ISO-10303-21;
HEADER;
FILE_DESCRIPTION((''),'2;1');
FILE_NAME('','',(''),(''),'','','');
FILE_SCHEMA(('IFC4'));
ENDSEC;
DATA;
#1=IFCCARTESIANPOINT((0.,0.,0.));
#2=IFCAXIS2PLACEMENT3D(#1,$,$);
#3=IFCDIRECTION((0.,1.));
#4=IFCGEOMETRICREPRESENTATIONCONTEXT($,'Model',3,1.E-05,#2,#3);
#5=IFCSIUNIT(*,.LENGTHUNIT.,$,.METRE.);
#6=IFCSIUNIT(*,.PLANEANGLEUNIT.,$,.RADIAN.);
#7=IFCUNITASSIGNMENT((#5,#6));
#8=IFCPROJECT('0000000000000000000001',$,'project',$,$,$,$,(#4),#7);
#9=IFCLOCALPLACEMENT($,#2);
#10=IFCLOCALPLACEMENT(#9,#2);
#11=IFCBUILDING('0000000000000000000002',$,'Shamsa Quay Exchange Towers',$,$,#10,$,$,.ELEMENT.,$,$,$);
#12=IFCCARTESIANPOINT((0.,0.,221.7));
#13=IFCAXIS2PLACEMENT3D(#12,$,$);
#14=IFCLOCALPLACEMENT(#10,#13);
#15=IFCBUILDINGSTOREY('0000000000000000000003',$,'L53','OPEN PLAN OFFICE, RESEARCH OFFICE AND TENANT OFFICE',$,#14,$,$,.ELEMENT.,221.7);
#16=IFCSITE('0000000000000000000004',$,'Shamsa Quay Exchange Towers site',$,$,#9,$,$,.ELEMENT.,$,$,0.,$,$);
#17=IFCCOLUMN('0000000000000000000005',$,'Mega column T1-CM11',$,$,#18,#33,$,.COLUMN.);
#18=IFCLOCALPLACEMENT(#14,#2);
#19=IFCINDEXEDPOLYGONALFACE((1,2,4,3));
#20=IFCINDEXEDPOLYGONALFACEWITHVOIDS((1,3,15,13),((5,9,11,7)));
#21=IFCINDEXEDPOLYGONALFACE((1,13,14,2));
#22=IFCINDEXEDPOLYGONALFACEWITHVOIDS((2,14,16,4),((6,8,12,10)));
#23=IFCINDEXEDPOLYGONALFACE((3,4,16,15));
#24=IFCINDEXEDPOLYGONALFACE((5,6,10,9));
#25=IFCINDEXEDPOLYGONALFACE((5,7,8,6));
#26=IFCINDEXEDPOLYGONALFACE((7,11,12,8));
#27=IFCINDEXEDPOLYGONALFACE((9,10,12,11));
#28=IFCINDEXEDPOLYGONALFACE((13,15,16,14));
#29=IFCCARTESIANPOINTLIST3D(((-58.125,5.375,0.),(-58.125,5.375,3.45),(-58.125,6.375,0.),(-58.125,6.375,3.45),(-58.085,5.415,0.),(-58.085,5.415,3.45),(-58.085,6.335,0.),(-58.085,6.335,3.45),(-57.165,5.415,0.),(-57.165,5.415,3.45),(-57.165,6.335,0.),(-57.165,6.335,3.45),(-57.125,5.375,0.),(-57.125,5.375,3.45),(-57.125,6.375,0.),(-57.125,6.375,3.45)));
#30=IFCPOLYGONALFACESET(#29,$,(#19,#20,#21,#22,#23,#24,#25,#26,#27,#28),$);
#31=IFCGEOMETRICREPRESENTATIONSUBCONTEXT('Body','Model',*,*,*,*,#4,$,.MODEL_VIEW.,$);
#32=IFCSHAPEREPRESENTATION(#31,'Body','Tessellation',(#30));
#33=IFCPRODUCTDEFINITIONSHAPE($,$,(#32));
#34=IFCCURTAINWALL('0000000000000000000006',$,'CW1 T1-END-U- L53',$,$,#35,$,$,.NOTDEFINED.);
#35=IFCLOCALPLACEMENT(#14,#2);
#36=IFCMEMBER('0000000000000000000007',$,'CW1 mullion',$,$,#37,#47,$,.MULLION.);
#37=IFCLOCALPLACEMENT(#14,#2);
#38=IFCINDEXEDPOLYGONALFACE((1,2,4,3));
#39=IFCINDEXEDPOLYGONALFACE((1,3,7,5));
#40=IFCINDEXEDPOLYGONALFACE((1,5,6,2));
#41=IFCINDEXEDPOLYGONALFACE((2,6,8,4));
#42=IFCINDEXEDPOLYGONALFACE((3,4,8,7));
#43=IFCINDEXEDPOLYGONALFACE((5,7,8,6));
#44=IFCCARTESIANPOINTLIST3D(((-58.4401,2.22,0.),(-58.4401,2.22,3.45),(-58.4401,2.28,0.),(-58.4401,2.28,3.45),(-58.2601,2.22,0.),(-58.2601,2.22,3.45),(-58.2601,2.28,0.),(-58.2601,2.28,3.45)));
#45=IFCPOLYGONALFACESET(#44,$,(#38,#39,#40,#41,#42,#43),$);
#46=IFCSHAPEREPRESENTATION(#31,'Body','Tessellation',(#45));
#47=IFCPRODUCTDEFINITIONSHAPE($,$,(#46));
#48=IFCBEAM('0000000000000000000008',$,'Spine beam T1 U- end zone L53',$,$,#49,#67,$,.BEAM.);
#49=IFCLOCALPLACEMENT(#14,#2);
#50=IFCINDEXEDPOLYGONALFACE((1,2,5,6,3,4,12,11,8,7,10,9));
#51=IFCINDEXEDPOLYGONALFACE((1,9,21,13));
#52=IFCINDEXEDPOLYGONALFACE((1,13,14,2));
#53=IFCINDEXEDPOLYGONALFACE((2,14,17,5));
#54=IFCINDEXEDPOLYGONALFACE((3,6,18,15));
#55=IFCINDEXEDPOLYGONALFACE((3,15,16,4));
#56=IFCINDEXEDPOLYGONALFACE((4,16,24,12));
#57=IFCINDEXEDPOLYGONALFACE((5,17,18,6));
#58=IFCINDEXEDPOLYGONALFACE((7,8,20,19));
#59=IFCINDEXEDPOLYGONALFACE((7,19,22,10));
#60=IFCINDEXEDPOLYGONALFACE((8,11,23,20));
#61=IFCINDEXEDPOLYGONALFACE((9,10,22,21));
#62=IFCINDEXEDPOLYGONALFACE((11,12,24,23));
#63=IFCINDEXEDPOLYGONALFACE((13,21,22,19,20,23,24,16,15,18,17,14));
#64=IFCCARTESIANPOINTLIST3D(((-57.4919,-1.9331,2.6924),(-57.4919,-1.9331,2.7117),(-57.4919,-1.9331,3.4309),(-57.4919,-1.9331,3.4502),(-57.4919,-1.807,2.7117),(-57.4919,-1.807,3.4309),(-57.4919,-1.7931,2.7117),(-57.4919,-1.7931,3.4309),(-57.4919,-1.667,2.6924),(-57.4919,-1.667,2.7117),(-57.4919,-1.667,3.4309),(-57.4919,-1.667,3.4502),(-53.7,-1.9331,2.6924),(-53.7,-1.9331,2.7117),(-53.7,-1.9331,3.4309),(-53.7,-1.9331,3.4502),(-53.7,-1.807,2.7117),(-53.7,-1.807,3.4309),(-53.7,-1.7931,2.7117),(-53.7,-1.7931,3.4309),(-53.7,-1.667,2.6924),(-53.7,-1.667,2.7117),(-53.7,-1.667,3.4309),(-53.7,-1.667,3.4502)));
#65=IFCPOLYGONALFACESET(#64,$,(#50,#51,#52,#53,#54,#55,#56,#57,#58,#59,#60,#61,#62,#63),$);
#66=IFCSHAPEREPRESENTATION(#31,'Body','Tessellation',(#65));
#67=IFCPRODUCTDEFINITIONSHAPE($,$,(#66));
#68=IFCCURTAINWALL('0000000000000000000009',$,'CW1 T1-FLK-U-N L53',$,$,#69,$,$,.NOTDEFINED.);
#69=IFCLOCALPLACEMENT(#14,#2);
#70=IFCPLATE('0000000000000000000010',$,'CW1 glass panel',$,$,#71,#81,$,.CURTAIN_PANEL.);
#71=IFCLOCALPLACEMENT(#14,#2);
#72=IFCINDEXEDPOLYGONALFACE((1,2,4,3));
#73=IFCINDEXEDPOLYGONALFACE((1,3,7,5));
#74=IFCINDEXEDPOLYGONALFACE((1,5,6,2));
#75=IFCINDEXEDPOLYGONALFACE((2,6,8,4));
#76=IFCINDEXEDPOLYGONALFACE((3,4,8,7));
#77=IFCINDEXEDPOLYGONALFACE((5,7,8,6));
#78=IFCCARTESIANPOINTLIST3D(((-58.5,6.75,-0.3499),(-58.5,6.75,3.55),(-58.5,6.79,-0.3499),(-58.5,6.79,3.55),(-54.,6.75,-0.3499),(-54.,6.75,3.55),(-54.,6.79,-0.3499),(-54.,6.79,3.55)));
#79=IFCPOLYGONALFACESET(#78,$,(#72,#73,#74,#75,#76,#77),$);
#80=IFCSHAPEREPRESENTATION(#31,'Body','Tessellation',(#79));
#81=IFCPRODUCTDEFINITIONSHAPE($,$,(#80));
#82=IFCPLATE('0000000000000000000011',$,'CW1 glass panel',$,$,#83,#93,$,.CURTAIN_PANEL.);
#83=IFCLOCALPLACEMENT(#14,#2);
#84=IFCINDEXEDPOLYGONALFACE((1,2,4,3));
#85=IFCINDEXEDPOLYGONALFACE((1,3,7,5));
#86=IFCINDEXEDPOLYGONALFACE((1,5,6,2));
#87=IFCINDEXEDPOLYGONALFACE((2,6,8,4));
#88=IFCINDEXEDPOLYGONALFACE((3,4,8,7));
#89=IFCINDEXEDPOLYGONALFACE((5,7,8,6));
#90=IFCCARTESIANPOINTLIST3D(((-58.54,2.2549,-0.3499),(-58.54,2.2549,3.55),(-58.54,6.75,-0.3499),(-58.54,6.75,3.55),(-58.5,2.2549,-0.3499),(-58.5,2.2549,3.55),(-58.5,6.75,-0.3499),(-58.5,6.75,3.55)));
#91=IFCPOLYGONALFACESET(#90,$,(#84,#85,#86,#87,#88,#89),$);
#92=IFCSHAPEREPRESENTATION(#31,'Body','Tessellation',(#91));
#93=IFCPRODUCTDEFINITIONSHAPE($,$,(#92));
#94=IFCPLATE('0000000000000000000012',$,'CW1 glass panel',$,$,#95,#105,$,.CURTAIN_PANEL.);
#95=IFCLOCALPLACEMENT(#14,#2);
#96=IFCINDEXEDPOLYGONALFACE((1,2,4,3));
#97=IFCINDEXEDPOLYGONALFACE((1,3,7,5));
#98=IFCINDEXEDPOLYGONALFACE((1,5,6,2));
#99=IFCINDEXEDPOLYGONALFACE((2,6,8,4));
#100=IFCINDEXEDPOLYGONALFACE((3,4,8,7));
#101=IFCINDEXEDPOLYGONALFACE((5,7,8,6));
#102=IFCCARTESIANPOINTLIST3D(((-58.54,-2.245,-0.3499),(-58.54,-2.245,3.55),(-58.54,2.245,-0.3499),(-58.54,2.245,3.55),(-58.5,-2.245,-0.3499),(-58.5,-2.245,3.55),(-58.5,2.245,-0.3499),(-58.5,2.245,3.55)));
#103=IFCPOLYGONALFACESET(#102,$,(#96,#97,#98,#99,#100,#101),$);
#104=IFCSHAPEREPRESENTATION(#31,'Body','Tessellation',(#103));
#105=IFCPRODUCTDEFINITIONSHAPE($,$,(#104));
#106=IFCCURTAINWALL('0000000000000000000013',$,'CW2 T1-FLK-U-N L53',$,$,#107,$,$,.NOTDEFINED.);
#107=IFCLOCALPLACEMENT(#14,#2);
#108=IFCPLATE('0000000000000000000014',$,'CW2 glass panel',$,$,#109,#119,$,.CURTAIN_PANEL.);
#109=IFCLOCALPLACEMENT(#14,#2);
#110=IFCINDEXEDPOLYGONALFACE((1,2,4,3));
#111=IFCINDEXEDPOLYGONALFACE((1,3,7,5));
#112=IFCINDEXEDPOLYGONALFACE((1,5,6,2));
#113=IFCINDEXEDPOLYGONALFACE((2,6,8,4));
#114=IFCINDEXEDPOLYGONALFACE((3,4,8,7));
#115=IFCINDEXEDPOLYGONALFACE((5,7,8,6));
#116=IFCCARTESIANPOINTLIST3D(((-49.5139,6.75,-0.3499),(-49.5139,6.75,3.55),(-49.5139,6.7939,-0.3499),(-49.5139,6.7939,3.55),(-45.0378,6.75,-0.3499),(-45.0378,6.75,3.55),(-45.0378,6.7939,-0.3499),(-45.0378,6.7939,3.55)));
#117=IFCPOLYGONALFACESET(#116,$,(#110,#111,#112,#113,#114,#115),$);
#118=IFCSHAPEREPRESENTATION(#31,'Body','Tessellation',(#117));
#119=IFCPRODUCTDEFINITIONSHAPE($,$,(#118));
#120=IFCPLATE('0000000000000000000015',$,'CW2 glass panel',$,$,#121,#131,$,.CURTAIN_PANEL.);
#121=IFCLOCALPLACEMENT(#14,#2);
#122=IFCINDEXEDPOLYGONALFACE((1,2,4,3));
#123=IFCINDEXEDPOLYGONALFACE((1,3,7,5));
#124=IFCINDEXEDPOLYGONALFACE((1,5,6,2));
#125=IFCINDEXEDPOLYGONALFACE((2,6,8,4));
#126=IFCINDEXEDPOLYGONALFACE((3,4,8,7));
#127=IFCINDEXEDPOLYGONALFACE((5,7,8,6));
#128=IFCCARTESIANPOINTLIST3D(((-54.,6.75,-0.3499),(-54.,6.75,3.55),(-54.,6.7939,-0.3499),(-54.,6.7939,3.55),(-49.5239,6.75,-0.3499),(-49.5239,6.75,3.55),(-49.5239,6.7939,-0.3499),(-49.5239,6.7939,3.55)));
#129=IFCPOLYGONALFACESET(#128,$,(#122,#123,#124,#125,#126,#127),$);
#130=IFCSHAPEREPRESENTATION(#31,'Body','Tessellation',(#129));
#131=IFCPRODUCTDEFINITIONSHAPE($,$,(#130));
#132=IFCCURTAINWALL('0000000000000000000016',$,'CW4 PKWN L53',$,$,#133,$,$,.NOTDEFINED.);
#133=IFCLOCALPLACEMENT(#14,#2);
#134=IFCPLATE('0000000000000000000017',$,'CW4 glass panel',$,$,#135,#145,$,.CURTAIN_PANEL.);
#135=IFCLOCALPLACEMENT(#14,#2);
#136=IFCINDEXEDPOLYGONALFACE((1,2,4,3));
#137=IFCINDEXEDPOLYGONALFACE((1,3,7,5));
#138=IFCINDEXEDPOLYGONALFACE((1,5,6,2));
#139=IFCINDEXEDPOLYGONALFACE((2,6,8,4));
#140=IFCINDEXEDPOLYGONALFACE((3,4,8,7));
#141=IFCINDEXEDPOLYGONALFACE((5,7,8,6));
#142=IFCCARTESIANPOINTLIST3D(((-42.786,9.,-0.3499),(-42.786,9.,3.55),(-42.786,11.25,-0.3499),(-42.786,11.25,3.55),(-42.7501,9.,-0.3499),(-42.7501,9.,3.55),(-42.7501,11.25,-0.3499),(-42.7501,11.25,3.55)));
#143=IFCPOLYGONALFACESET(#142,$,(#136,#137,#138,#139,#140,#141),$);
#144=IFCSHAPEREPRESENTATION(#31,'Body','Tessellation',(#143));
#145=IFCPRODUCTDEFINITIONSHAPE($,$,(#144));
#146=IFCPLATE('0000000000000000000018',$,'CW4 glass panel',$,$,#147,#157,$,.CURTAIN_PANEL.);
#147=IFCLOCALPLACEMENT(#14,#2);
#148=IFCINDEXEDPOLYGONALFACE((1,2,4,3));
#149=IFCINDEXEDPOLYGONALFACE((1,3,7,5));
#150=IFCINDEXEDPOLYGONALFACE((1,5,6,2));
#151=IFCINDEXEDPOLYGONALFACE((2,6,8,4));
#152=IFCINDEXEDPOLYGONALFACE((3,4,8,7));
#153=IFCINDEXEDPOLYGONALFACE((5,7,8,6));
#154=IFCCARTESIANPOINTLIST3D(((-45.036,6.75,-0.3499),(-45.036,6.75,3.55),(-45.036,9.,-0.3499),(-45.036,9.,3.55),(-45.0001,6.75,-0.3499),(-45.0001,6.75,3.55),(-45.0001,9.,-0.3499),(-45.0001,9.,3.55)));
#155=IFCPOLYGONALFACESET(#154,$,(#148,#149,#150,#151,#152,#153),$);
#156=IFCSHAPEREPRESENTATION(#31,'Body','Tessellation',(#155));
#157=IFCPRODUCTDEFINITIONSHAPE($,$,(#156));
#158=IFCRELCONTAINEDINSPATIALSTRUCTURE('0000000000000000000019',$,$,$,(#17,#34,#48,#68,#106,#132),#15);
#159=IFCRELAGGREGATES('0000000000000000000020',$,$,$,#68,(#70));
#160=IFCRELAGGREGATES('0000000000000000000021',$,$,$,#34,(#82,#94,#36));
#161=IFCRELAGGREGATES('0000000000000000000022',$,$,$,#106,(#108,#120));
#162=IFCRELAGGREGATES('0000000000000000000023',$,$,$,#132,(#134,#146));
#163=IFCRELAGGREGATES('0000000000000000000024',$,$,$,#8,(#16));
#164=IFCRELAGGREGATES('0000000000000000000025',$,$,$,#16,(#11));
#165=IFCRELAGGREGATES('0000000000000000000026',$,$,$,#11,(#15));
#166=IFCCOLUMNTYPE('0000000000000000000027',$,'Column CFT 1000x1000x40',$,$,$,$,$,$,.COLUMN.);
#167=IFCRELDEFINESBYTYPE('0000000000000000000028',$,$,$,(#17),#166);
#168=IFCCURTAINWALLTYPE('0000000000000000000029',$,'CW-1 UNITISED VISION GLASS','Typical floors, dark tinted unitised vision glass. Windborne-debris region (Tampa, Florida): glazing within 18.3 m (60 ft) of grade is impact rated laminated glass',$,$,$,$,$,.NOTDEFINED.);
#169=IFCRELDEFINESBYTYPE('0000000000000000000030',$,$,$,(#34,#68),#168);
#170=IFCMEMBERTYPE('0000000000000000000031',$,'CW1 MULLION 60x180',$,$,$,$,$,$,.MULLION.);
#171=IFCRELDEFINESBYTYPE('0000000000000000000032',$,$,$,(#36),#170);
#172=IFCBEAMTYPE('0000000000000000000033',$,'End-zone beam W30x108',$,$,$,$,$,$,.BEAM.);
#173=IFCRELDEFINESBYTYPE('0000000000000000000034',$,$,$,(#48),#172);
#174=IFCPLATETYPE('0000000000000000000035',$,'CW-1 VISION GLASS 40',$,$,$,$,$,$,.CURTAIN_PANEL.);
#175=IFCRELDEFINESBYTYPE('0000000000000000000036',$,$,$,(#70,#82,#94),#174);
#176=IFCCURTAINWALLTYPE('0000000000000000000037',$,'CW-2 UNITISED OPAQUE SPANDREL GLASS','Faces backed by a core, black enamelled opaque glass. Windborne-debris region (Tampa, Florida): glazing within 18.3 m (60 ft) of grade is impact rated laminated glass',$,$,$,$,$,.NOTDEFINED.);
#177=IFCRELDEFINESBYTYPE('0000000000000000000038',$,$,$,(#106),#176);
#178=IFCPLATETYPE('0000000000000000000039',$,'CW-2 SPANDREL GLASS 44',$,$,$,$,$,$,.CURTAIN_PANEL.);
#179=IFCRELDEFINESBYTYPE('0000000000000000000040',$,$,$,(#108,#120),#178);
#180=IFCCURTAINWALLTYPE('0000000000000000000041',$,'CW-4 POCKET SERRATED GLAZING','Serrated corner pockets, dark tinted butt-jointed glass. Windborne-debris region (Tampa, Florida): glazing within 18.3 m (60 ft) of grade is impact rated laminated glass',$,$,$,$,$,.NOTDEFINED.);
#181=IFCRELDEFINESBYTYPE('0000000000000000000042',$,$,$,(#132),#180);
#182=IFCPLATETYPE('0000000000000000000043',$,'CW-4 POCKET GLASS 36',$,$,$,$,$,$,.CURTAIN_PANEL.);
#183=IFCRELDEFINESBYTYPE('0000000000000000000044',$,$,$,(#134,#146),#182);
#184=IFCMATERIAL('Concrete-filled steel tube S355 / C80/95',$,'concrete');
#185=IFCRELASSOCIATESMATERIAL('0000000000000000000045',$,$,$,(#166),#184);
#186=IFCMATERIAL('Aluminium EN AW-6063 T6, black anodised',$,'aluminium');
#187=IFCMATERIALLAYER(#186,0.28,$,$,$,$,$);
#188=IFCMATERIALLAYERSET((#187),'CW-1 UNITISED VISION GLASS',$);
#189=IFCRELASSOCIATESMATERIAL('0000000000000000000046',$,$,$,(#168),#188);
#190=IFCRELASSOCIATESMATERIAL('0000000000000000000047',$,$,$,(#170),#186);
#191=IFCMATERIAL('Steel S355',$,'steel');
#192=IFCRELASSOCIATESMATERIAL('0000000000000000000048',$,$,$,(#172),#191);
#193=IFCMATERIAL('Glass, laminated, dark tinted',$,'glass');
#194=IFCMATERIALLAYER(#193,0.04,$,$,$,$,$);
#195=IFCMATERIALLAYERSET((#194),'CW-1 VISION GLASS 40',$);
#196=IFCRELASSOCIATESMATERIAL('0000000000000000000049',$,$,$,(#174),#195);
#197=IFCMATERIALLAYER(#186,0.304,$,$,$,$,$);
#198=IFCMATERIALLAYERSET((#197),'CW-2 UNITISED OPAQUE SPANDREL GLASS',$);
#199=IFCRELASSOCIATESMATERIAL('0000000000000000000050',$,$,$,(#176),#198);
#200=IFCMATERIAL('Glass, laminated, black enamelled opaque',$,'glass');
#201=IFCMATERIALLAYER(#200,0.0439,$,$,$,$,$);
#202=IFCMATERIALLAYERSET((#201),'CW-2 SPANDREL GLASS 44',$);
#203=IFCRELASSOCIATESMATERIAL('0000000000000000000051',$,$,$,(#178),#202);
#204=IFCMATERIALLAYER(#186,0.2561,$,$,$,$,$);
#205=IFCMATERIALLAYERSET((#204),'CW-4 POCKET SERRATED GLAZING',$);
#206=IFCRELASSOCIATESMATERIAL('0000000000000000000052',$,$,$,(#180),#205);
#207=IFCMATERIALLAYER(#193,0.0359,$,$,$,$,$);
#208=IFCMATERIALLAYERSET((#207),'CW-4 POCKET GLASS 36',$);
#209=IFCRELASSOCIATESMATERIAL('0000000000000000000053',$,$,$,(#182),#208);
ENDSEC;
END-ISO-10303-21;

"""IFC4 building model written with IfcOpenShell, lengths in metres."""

from ifc_helpers import new_model, si_unit, direction, frame, origin, origin_2d, place, context, subcontext, project, spatial, rectangle, hollow_rectangle, i_section, extrude, material, layer, layer_set, material_profile, profile_set, type_object, element, aggregate, save


model = new_model("IFC4")

# Units and contexts
model_context = context("Model", 3, precision=1e-05, world=origin(), true_north=direction((0.0, 1.0)))
body_context = subcontext(model_context, "Body", "Model", "MODEL_VIEW")
ifc_project = project(units=[si_unit("LENGTHUNIT", "METRE"), si_unit("PLANEANGLEUNIT", "RADIAN")], contexts=[model_context])

# Site, building, storey
site_placement = place(None, origin())
site = spatial("IfcSite", under=ifc_project, at=site_placement, Name="Shamsa Quay Exchange Towers site", CompositionType="ELEMENT", RefElevation=0.0)
building_placement = place(site_placement, origin())
building = spatial("IfcBuilding", under=site, at=building_placement, Name="Shamsa Quay Exchange Towers", CompositionType="ELEMENT")
storey_placement = place(building_placement, frame((0.0, 0.0, 221.7)))
storey = spatial("IfcBuildingStorey", under=building, at=storey_placement, Name="L53", Description="OPEN PLAN OFFICE, RESEARCH OFFICE AND TENANT OFFICE", CompositionType="ELEMENT", Elevation=221.7)

# Column
ifc_material_1 = material(Name="Concrete-filled steel tube S355 / C80/95", Category="concrete")
ifc_material_profile_1 = material_profile(ifc_material_1, hollow_rectangle(XDim=1.0, YDim=1.0, WallThickness=0.04, at=origin_2d()), Name="CFT 1000x1000x40")
ifc_profile_set_1 = profile_set([ifc_material_profile_1], Name="Concrete-filled steel tube S355 / C80/95")
column_type = type_object("IfcColumnType", Name="Column CFT 1000x1000x40", PredefinedType="COLUMN", material=ifc_profile_set_1)
column_placement = place(storey_placement, frame((-57.625, 5.875, 0.0)))
element("IfcColumn", 1, at=column_placement, inside=storey, type_object=column_type, Name="Mega column T1-CM11", PredefinedType="COLUMN", context=body_context, shape_type="SweptSolid", body=[
    extrude(hollow_rectangle(XDim=1.0, YDim=1.0, WallThickness=0.04, at=origin_2d()), origin(), (0.0, 0.0, 1.0), 3.45),
])

# Curtain wall, member
ifc_material_2 = material(Name="Aluminium EN AW-6063 T6, black anodised", Category="aluminium")
ifc_layer_1 = layer(ifc_material_2, 0.28)
ifc_layer_set_1 = layer_set([ifc_layer_1], Name="CW-1 UNITISED VISION GLASS")
curtain_wall_type_1 = type_object("IfcCurtainWallType", Name="CW-1 UNITISED VISION GLASS", Description="Typical floors, dark tinted unitised vision glass. Windborne-debris region (Tampa, Florida): glazing within 18.3 m (60 ft) of grade is impact rated laminated glass", PredefinedType="NOTDEFINED", material=ifc_layer_set_1)
curtain_wall_1_placement = place(storey_placement, origin())
curtain_wall_1 = element("IfcCurtainWall", 2, at=curtain_wall_1_placement, inside=storey, type_object=curtain_wall_type_1, Name="CW1 T1-END-U- L53", PredefinedType="NOTDEFINED")
ifc_material_profile_2 = material_profile(ifc_material_2, rectangle(XDim=0.1799, YDim=0.0601, at=origin_2d()), Name="MU60x180")
ifc_profile_set_2 = profile_set([ifc_material_profile_2], Name="Aluminium EN AW-6063 T6, black anodised")
member_type = type_object("IfcMemberType", Name="CW1 MULLION 60x180", PredefinedType="MULLION", material=ifc_profile_set_2)
member_placement = place(storey_placement, frame((-58.3501, 2.25, 0.0)))
member = element("IfcMember", 3, at=member_placement, type_object=member_type, Name="CW1 mullion", PredefinedType="MULLION", context=body_context, shape_type="SweptSolid", body=[
    extrude(rectangle(XDim=0.1799, YDim=0.0601, at=origin_2d()), origin(), (0.0, 0.0, 1.0), 3.45),
])

# Beam
ifc_material_3 = material(Name="Steel S355", Category="steel")
ifc_material_profile_3 = material_profile(ifc_material_3, i_section(OverallWidth=0.2661, OverallDepth=0.7578, WebThickness=0.0139, FlangeThickness=0.0193, at=origin_2d()), Name="W30x108")
ifc_profile_set_3 = profile_set([ifc_material_profile_3], Name="Steel S355")
beam_type = type_object("IfcBeamType", Name="End-zone beam W30x108", PredefinedType="BEAM", material=ifc_profile_set_3)
beam_placement = place(storey_placement, frame((-53.7, -1.8, 3.0713), z_axis=(-1.0, 0.0, 0.0), x_axis=(0.0, -1.0, 0.0)))
element("IfcBeam", 4, at=beam_placement, inside=storey, type_object=beam_type, Name="Spine beam T1 U- end zone L53", PredefinedType="BEAM", context=body_context, shape_type="SweptSolid", body=[
    extrude(i_section(OverallWidth=0.2661, OverallDepth=0.7578, WebThickness=0.0139, FlangeThickness=0.0193, at=origin_2d()), origin(), (0.0, 0.0, 1.0), 3.792),
])

# Curtain wall, plate
curtain_wall_2_placement = place(storey_placement, origin())
curtain_wall_2 = element("IfcCurtainWall", 5, at=curtain_wall_2_placement, inside=storey, type_object=curtain_wall_type_1, Name="CW1 T1-FLK-U-N L53", PredefinedType="NOTDEFINED")
ifc_material_4 = material(Name="Glass, laminated, dark tinted", Category="glass")
ifc_layer_2 = layer(ifc_material_4, 0.04)
ifc_layer_set_2 = layer_set([ifc_layer_2], Name="CW-1 VISION GLASS 40")
plate_type_1 = type_object("IfcPlateType", Name="CW-1 VISION GLASS 40", PredefinedType="CURTAIN_PANEL", material=ifc_layer_set_2)
plate_1_placement = place(storey_placement, frame((-56.25, 6.77, -0.3499), z_axis=(0.0, 0.0, 1.0), x_axis=(-1.0, 0.0, 0.0)))
plate_1 = element("IfcPlate", 6, at=plate_1_placement, type_object=plate_type_1, Name="CW1 glass panel", PredefinedType="CURTAIN_PANEL", context=body_context, shape_type="SweptSolid", body=[
    extrude(rectangle(XDim=4.5, YDim=0.04, at=origin_2d()), origin(), (0.0, 0.0, 1.0), 3.8999),
])
aggregate(curtain_wall_2, [plate_1])

# Plates
plate_2_placement = place(storey_placement, frame((-58.52, 4.5024, -0.3499), z_axis=(0.0, 0.0, 1.0), x_axis=(0.0, -1.0, 0.0)))
plate_2 = element("IfcPlate", 7, at=plate_2_placement, type_object=plate_type_1, Name="CW1 glass panel", PredefinedType="CURTAIN_PANEL", context=body_context, shape_type="SweptSolid", body=[
    extrude(rectangle(XDim=4.4951, YDim=0.04, at=origin_2d()), origin(), (0.0, 0.0, 1.0), 3.8999),
])
plate_3_placement = place(storey_placement, frame((-58.52, 0.0, -0.3499), z_axis=(0.0, 0.0, 1.0), x_axis=(0.0, -1.0, 0.0)))
plate_3 = element("IfcPlate", 8, at=plate_3_placement, type_object=plate_type_1, Name="CW1 glass panel", PredefinedType="CURTAIN_PANEL", context=body_context, shape_type="SweptSolid", body=[
    extrude(rectangle(XDim=4.49, YDim=0.04, at=origin_2d()), origin(), (0.0, 0.0, 1.0), 3.8999),
])
aggregate(curtain_wall_1, [plate_2, plate_3, member])

# Curtain walls, plates
ifc_layer_3 = layer(ifc_material_2, 0.304)
ifc_layer_set_3 = layer_set([ifc_layer_3], Name="CW-2 UNITISED OPAQUE SPANDREL GLASS")
curtain_wall_type_2 = type_object("IfcCurtainWallType", Name="CW-2 UNITISED OPAQUE SPANDREL GLASS", Description="Faces backed by a core, black enamelled opaque glass. Windborne-debris region (Tampa, Florida): glazing within 18.3 m (60 ft) of grade is impact rated laminated glass", PredefinedType="NOTDEFINED", material=ifc_layer_set_3)
curtain_wall_3_placement = place(storey_placement, origin())
curtain_wall_3 = element("IfcCurtainWall", 9, at=curtain_wall_3_placement, inside=storey, type_object=curtain_wall_type_2, Name="CW2 T1-FLK-U-N L53", PredefinedType="NOTDEFINED")
ifc_material_5 = material(Name="Glass, laminated, black enamelled opaque", Category="glass")
ifc_layer_4 = layer(ifc_material_5, 0.0439)
ifc_layer_set_4 = layer_set([ifc_layer_4], Name="CW-2 SPANDREL GLASS 44")
plate_type_2 = type_object("IfcPlateType", Name="CW-2 SPANDREL GLASS 44", PredefinedType="CURTAIN_PANEL", material=ifc_layer_set_4)
plate_4_placement = place(storey_placement, frame((-47.2759, 6.772, -0.3499), z_axis=(0.0, 0.0, 1.0), x_axis=(-1.0, 0.0, 0.0)))
plate_4 = element("IfcPlate", 10, at=plate_4_placement, type_object=plate_type_2, Name="CW2 glass panel", PredefinedType="CURTAIN_PANEL", context=body_context, shape_type="SweptSolid", body=[
    extrude(rectangle(XDim=4.4761, YDim=0.0439, at=origin_2d()), origin(), (0.0, 0.0, 1.0), 3.8999),
])
plate_5_placement = place(storey_placement, frame((-51.762, 6.772, -0.3499), z_axis=(0.0, 0.0, 1.0), x_axis=(-1.0, 0.0, 0.0)))
plate_5 = element("IfcPlate", 11, at=plate_5_placement, type_object=plate_type_2, Name="CW2 glass panel", PredefinedType="CURTAIN_PANEL", context=body_context, shape_type="SweptSolid", body=[
    extrude(rectangle(XDim=4.4761, YDim=0.0439, at=origin_2d()), origin(), (0.0, 0.0, 1.0), 3.8999),
])
aggregate(curtain_wall_3, [plate_4, plate_5])
ifc_layer_5 = layer(ifc_material_2, 0.2561)
ifc_layer_set_5 = layer_set([ifc_layer_5], Name="CW-4 POCKET SERRATED GLAZING")
curtain_wall_type_3 = type_object("IfcCurtainWallType", Name="CW-4 POCKET SERRATED GLAZING", Description="Serrated corner pockets, dark tinted butt-jointed glass. Windborne-debris region (Tampa, Florida): glazing within 18.3 m (60 ft) of grade is impact rated laminated glass", PredefinedType="NOTDEFINED", material=ifc_layer_set_5)
curtain_wall_4_placement = place(storey_placement, origin())
curtain_wall_4 = element("IfcCurtainWall", 12, at=curtain_wall_4_placement, inside=storey, type_object=curtain_wall_type_3, Name="CW4 PKWN L53", PredefinedType="NOTDEFINED")
ifc_layer_6 = layer(ifc_material_4, 0.0359)
ifc_layer_set_6 = layer_set([ifc_layer_6], Name="CW-4 POCKET GLASS 36")
plate_type_3 = type_object("IfcPlateType", Name="CW-4 POCKET GLASS 36", PredefinedType="CURTAIN_PANEL", material=ifc_layer_set_6)
plate_6_placement = place(storey_placement, frame((-42.7681, 10.125, -0.3499), z_axis=(0.0, 0.0, 1.0), x_axis=(0.0, -1.0, 0.0)))
plate_6 = element("IfcPlate", 13, at=plate_6_placement, type_object=plate_type_3, Name="CW4 glass panel", PredefinedType="CURTAIN_PANEL", context=body_context, shape_type="SweptSolid", body=[
    extrude(rectangle(XDim=2.25, YDim=0.0359, at=origin_2d()), origin(), (0.0, 0.0, 1.0), 3.8999),
])
plate_7_placement = place(storey_placement, frame((-45.0181, 7.875, -0.3499), z_axis=(0.0, 0.0, 1.0), x_axis=(0.0, -1.0, 0.0)))
plate_7 = element("IfcPlate", 14, at=plate_7_placement, type_object=plate_type_3, Name="CW4 glass panel", PredefinedType="CURTAIN_PANEL", context=body_context, shape_type="SweptSolid", body=[
    extrude(rectangle(XDim=2.25, YDim=0.0359, at=origin_2d()), origin(), (0.0, 0.0, 1.0), 3.8999),
])
aggregate(curtain_wall_4, [plate_6, plate_7])

save(model, "model.ifc")
